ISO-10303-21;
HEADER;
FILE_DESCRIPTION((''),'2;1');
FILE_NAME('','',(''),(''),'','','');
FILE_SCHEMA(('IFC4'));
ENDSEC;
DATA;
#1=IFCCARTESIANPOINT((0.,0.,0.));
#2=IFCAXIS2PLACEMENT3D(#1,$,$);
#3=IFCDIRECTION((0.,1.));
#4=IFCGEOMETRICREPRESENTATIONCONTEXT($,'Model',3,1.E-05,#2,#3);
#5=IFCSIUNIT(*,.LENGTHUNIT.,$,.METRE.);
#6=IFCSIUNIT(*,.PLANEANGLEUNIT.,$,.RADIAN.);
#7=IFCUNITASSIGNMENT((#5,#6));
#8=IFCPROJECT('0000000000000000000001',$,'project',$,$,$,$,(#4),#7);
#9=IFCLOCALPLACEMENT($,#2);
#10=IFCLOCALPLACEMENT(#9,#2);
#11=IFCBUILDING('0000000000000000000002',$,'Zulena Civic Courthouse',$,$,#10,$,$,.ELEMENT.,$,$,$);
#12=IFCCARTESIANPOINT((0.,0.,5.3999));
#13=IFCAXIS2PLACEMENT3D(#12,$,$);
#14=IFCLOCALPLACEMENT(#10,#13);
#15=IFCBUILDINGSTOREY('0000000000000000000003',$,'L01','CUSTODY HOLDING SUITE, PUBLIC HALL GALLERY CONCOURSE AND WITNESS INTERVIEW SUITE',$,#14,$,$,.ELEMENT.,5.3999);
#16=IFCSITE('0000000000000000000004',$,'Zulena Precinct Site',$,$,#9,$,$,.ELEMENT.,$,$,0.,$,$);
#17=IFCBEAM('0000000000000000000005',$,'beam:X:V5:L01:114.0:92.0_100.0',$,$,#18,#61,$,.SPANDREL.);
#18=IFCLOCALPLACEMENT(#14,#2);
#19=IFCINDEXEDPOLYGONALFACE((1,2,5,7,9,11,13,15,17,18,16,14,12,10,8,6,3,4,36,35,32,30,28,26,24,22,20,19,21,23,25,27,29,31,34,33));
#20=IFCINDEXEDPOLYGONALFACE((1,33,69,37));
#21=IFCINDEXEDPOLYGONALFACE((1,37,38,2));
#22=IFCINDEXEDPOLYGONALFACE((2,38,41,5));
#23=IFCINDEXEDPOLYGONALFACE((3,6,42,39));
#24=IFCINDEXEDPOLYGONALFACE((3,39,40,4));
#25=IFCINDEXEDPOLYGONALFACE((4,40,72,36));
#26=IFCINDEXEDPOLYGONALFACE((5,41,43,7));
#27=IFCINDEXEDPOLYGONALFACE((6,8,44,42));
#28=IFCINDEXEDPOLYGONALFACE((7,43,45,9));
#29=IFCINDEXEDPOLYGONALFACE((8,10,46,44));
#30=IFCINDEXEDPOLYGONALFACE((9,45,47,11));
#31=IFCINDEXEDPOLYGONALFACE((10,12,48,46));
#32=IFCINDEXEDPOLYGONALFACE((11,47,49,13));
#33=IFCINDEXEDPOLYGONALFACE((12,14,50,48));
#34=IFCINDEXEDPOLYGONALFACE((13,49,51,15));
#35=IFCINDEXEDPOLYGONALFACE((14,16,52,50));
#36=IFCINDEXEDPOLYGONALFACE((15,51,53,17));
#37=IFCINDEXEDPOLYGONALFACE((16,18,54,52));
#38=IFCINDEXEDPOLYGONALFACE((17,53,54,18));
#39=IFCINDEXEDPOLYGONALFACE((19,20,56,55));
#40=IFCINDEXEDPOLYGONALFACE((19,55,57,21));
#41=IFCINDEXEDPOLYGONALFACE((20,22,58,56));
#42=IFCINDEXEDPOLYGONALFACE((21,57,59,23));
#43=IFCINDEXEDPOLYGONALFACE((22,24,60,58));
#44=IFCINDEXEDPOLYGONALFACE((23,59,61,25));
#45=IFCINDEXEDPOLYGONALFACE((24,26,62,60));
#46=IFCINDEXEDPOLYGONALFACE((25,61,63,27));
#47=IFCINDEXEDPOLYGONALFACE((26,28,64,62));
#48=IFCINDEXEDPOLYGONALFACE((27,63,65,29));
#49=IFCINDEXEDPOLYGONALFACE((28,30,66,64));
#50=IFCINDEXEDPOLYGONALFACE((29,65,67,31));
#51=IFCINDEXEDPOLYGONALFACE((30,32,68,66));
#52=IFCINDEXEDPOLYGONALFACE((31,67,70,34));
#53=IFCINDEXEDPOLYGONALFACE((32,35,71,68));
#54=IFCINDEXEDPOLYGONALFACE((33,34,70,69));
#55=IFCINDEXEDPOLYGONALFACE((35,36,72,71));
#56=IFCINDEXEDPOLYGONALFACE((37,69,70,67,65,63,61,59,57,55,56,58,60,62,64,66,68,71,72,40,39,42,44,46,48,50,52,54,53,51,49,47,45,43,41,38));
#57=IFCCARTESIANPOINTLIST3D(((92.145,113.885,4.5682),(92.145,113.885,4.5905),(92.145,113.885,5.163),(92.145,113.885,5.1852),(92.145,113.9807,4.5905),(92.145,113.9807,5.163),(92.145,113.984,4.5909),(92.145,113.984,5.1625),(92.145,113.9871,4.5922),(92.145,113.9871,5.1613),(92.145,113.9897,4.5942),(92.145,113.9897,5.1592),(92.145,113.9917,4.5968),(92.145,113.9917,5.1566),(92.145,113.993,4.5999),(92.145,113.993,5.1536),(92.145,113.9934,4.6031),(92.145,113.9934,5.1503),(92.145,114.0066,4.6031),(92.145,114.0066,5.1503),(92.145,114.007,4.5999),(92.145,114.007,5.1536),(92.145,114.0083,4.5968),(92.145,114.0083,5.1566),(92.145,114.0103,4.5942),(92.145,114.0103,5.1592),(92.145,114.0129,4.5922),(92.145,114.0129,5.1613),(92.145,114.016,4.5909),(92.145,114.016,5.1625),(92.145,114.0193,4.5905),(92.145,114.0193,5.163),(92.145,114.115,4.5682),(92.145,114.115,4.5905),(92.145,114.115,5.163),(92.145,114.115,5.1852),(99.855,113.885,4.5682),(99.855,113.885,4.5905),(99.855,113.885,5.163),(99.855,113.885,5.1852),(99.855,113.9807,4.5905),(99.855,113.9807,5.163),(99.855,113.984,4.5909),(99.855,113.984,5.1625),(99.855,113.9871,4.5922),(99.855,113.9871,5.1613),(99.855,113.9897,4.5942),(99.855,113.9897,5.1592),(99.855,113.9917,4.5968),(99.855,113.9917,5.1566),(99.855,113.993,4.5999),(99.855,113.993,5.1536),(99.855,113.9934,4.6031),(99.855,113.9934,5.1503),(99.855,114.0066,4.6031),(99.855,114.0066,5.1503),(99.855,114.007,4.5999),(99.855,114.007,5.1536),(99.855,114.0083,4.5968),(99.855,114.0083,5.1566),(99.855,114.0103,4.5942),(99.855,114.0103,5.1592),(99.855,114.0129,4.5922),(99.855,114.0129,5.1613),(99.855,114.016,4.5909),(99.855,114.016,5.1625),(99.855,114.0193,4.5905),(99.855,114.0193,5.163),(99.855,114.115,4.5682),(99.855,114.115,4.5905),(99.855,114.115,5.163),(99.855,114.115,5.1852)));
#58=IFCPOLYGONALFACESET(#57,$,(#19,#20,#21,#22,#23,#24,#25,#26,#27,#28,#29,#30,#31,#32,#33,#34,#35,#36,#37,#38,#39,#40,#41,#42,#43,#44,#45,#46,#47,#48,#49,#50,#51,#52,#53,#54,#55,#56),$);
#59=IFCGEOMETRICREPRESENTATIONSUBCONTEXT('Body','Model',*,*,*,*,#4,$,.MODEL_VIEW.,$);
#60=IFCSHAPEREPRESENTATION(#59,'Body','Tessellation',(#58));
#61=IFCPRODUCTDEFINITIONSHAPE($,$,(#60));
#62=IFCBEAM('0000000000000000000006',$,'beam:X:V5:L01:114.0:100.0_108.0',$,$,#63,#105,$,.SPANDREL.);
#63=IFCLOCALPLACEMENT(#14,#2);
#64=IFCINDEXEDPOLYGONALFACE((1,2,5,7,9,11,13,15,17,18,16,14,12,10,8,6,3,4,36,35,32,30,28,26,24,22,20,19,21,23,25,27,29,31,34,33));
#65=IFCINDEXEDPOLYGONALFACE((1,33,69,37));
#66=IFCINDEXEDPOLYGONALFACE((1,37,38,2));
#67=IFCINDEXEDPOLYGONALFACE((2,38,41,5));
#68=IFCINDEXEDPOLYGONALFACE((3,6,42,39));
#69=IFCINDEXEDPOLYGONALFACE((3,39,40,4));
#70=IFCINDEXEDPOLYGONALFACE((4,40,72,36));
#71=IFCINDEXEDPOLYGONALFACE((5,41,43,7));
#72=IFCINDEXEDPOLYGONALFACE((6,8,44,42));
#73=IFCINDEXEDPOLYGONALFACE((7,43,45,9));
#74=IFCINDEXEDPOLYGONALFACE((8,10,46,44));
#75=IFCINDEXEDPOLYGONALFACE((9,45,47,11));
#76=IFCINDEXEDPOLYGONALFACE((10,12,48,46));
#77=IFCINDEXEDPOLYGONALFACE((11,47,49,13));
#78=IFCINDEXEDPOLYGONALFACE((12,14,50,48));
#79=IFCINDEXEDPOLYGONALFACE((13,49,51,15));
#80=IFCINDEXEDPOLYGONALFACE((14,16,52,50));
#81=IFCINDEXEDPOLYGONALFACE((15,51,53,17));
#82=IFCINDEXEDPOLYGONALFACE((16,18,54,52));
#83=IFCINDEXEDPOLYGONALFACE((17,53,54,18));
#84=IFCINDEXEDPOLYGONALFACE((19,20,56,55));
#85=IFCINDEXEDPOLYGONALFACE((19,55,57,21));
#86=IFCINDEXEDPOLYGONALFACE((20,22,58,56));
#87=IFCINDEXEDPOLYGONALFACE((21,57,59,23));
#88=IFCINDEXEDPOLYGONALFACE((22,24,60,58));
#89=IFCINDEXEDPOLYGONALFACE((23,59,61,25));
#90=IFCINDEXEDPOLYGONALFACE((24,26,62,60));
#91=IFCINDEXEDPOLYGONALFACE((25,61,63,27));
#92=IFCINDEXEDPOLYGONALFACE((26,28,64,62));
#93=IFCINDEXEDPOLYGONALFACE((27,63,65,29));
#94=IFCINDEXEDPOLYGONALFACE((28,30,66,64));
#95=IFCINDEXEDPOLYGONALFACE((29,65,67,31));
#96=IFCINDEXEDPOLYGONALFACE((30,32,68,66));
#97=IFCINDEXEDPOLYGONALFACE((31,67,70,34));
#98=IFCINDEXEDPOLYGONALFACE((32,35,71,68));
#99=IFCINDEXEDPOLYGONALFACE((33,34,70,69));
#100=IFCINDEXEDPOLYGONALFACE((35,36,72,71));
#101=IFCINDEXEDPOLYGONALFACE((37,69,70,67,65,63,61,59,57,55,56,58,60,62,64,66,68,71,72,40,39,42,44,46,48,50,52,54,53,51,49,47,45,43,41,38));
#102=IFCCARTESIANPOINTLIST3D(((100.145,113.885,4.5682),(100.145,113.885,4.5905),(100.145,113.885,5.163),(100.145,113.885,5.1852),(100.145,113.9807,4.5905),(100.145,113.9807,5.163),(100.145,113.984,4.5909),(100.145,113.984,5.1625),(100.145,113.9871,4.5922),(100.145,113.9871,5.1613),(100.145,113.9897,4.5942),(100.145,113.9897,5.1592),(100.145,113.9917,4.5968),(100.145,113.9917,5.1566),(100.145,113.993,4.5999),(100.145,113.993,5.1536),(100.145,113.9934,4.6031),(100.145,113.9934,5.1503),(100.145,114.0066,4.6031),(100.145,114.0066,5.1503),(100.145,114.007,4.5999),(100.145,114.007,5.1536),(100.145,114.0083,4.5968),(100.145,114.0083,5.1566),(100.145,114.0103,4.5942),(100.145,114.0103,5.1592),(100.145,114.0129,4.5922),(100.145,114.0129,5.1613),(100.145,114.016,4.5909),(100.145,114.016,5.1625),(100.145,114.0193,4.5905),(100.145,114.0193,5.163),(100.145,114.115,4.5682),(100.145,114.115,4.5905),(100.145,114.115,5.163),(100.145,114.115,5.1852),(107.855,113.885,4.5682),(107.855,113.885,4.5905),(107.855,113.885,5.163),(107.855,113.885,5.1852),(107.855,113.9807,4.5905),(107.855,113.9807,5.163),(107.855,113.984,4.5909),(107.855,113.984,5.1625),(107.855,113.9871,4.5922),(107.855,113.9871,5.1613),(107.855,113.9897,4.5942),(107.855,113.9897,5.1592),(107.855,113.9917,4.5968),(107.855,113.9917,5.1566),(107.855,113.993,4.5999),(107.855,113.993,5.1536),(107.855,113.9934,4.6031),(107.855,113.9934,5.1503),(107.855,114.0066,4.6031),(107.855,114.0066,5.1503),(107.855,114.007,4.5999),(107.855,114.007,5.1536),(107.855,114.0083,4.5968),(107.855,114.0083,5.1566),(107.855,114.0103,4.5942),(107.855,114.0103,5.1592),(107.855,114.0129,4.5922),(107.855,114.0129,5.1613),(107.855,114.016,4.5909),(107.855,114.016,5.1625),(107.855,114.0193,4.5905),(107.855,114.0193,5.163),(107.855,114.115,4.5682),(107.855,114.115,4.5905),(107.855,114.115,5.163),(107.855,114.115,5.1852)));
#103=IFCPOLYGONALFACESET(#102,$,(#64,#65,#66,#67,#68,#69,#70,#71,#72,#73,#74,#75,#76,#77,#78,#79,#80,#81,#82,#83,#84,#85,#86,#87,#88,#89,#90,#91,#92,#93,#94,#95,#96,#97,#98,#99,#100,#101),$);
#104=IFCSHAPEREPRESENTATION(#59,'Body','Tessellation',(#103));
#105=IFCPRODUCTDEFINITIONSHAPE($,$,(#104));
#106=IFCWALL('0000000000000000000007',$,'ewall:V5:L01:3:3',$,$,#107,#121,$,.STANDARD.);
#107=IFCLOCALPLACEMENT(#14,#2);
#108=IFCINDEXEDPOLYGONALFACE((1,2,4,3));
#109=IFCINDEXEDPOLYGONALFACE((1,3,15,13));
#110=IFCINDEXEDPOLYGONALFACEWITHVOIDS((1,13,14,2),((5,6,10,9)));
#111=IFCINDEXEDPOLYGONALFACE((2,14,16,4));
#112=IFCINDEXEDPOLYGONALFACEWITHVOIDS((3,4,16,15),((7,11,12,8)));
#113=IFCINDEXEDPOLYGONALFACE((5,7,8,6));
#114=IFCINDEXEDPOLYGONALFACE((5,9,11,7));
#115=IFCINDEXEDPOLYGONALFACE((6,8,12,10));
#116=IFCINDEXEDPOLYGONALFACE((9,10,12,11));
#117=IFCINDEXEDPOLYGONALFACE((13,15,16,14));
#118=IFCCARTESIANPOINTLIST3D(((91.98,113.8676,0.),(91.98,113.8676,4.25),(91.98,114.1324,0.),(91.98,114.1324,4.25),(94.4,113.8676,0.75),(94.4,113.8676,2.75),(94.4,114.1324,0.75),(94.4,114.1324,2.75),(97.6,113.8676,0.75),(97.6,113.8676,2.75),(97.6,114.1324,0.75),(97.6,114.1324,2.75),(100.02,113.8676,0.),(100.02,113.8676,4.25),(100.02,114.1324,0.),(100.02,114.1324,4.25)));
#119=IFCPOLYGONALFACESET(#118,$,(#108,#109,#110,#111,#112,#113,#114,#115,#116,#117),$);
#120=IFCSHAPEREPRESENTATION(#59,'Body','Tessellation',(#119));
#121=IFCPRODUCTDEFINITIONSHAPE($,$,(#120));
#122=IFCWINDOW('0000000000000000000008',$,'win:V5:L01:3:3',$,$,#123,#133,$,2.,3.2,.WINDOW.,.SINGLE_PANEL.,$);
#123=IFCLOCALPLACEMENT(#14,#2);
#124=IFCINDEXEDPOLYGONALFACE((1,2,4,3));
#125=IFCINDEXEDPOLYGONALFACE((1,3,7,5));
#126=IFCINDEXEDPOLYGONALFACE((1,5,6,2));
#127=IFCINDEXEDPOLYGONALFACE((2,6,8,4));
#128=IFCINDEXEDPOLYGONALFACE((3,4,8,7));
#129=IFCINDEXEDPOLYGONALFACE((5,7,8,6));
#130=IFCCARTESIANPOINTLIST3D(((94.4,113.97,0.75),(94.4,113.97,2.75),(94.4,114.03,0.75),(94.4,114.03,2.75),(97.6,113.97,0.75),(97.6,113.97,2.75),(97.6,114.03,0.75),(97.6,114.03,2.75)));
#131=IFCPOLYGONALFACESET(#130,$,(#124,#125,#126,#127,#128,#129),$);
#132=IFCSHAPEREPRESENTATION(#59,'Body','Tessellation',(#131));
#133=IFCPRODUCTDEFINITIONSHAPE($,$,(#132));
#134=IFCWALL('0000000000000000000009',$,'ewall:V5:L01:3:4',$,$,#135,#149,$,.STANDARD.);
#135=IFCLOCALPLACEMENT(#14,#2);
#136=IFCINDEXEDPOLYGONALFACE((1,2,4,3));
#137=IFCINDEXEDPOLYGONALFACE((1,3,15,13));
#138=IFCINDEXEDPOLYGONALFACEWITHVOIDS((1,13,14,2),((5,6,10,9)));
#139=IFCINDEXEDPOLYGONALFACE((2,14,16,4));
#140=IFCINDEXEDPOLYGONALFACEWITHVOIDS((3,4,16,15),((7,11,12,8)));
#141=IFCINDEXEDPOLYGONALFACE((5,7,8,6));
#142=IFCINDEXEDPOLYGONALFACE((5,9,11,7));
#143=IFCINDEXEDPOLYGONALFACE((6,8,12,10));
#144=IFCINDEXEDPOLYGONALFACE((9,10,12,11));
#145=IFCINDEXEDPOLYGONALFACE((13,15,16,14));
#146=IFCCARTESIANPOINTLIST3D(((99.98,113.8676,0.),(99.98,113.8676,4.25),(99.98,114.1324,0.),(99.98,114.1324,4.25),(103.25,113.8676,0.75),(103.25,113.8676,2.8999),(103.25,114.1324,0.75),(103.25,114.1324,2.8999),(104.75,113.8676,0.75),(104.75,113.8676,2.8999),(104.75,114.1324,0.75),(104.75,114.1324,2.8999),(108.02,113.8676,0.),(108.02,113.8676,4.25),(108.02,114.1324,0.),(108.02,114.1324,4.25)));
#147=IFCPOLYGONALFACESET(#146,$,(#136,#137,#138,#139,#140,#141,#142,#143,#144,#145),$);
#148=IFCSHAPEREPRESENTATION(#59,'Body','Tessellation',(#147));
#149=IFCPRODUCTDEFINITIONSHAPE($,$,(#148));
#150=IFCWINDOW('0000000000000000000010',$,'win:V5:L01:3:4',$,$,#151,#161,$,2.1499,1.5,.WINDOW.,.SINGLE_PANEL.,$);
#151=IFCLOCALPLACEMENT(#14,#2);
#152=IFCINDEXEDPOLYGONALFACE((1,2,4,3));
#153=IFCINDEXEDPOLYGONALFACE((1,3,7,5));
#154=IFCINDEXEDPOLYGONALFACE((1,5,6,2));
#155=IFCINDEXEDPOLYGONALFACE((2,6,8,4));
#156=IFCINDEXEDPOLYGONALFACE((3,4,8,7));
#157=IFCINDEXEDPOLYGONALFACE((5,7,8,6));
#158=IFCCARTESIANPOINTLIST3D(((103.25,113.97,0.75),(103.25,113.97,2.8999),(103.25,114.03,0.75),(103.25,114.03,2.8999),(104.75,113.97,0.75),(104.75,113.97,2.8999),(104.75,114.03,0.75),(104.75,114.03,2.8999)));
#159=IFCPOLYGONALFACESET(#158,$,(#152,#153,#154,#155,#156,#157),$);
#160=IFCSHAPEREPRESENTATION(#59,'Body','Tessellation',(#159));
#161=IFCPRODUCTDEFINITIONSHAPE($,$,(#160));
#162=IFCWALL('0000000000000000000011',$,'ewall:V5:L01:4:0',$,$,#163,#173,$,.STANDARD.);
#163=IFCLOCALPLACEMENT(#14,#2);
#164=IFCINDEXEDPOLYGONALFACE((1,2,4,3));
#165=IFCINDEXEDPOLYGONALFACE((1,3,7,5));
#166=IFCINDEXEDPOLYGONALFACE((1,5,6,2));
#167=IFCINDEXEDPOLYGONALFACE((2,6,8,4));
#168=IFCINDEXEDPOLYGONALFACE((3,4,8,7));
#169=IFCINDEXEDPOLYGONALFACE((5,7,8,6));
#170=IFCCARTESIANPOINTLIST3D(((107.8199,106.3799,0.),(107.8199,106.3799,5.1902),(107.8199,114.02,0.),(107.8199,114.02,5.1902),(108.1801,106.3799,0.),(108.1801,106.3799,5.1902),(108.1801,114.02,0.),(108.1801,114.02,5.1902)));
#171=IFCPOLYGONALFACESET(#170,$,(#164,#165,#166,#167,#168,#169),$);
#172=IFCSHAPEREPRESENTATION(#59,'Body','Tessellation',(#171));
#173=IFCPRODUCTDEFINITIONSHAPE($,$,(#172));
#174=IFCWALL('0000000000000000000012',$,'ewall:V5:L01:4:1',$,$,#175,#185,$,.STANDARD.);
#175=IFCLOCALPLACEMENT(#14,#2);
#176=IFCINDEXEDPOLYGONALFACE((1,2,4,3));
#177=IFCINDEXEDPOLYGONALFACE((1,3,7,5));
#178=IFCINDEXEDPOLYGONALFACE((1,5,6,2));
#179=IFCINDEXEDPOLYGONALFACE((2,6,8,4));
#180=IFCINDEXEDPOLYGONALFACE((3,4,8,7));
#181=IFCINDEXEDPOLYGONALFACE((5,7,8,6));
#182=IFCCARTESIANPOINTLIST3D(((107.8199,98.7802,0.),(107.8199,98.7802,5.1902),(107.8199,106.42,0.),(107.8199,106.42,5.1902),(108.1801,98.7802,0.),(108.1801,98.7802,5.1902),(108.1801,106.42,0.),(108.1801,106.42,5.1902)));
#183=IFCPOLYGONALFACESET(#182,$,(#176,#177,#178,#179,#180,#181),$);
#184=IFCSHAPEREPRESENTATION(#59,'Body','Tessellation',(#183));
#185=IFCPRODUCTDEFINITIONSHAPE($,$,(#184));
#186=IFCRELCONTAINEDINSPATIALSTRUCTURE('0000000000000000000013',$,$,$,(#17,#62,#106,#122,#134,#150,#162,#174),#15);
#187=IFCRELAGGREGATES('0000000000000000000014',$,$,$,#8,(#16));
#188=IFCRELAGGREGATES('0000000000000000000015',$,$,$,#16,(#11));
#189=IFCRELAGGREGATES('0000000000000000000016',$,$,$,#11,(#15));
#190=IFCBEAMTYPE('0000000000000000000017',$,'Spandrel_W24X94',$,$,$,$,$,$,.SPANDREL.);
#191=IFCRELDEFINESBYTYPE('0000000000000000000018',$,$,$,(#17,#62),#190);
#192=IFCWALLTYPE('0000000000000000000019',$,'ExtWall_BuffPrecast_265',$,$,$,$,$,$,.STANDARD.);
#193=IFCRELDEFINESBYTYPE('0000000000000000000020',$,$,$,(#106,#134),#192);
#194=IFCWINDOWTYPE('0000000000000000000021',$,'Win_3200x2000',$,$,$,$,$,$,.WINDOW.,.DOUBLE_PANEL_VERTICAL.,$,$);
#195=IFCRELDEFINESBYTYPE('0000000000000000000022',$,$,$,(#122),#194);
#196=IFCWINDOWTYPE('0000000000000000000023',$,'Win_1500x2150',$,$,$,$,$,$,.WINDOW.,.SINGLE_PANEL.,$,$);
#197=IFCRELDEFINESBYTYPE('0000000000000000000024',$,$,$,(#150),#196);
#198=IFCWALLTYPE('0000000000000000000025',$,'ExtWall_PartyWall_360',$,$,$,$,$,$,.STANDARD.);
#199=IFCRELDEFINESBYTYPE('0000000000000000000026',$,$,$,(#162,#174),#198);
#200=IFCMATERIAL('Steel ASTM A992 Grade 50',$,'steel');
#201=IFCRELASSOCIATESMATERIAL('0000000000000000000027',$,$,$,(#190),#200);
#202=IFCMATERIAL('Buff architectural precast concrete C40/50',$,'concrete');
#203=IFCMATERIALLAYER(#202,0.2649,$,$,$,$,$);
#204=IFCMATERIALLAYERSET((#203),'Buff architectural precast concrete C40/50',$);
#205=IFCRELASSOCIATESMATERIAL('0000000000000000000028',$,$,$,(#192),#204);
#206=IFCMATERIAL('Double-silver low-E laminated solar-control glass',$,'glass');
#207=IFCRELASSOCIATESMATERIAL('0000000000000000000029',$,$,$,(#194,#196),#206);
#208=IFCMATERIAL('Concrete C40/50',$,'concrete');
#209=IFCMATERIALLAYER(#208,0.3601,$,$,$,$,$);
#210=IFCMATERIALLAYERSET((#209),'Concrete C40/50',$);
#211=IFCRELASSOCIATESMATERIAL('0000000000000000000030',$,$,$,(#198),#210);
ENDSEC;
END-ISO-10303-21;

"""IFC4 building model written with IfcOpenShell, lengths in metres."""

from ifc_helpers import new_model, si_unit, direction, frame, frame_2d, origin, origin_2d, place, context, subcontext, project, spatial, rectangle, i_section, extrude, material, layer, layer_set, material_profile, profile_set, type_object, element, fill, save


model = new_model("IFC4")

# Units and contexts
model_context = context("Model", 3, precision=1e-05, world=origin(), true_north=direction((0.0, 1.0)))
body_context = subcontext(model_context, "Body", "Model", "MODEL_VIEW")
ifc_project = project(units=[si_unit("LENGTHUNIT", "METRE"), si_unit("PLANEANGLEUNIT", "RADIAN")], contexts=[model_context])

# Site, building, storey
site_placement = place(None, origin())
site = spatial("IfcSite", under=ifc_project, at=site_placement, Name="Zulena Precinct Site", CompositionType="ELEMENT", RefElevation=0.0)
building_placement = place(site_placement, origin())
building = spatial("IfcBuilding", under=site, at=building_placement, Name="Zulena Civic Courthouse", CompositionType="ELEMENT")
storey_placement = place(building_placement, frame((0.0, 0.0, 5.3999)))
storey = spatial("IfcBuildingStorey", under=building, at=storey_placement, Name="L01", Description="CUSTODY HOLDING SUITE, PUBLIC HALL GALLERY CONCOURSE AND WITNESS INTERVIEW SUITE", CompositionType="ELEMENT", Elevation=5.3999)

# Shared definitions
ifc_material_1 = material(Name="Steel ASTM A992 Grade 50", Category="steel")

# Beams
ifc_material_profile_1 = material_profile(ifc_material_1, i_section(OverallWidth=0.23, OverallDepth=0.6169, WebThickness=0.0132, FlangeThickness=0.0222, FilletRadius=0.0127, at=origin_2d()), Name="W24X94")
ifc_profile_set_1 = profile_set([ifc_material_profile_1], Name="Steel ASTM A992 Grade 50")
beam_type_1 = type_object("IfcBeamType", Name="Spandrel_W24X94", PredefinedType="SPANDREL", material=ifc_profile_set_1)
for number, where, z_axis, x_axis, name in (
    (1, (92.145, 114.0, 4.8767), (1.0, 0.0, 0.0), (0.0, 1.0, 0.0), "beam:X:V5:L01:114.0:92.0_100.0"),
    (2, (100.145, 114.0, 4.8767), (1.0, 0.0, 0.0), (0.0, 1.0, 0.0), "beam:X:V5:L01:114.0:100.0_108.0"),
):
    element("IfcBeam", number, at=place(storey_placement, frame(where, z_axis=z_axis, x_axis=x_axis)), inside=storey, type_object=beam_type_1, Name=name, PredefinedType="SPANDREL", context=body_context, shape_type="SweptSolid", body=[
        extrude(i_section(OverallWidth=0.23, OverallDepth=0.6169, WebThickness=0.0132, FlangeThickness=0.0222, FilletRadius=0.0127, at=origin_2d()), origin(), (0.0, 0.0, 1.0), 7.71),
    ])

# Walls, openings, windows
ifc_material_2 = material(Name="Buff architectural precast concrete C40/50", Category="concrete")
ifc_layer_1 = layer(ifc_material_2, 0.2649)
ifc_layer_set_1 = layer_set([ifc_layer_1], Name="Buff architectural precast concrete C40/50")
wall_type_1 = type_object("IfcWallType", Name="ExtWall_BuffPrecast_265", PredefinedType="STANDARD", material=ifc_layer_set_1)
wall_1_placement = place(storey_placement, frame((91.98, 114.0, 0.0), z_axis=(0.0, 0.0, 1.0), x_axis=(1.0, 0.0, 0.0)))
wall_1 = element("IfcWall", 3, at=wall_1_placement, inside=storey, type_object=wall_type_1, Name="ewall:V5:L01:3:3", PredefinedType="STANDARD", context=body_context, shape_type="SweptSolid", body=[
    extrude(rectangle(XDim=8.04, YDim=0.2649, at=frame_2d((4.02, 0.0))), origin(), (0.0, 0.0, 1.0), 4.25),
])
opening_1_placement = place(wall_1_placement, frame((2.4199, 0.0, 0.75)))
opening_1 = element("IfcOpeningElement", 4, at=opening_1_placement, cuts=wall_1, PredefinedType="OPENING", context=body_context, shape_type="SweptSolid", body=[
    extrude(rectangle(XDim=3.2, YDim=2.0, at=frame_2d((1.6001, 1.0))), frame((0.0, 0.1423, 0.0), z_axis=(0.0, -1.0, 0.0), x_axis=(1.0, 0.0, 0.0)), (0.0, 0.0, 1.0), 0.2849),
])
ifc_material_3 = material(Name="Double-silver low-E laminated solar-control glass", Category="glass")
window_type_1 = type_object("IfcWindowType", Name="Win_3200x2000", PartitioningType="DOUBLE_PANEL_VERTICAL", PredefinedType="WINDOW", material=ifc_material_3)
window_1_placement = place(opening_1_placement, origin())
window_1 = element("IfcWindow", 5, at=window_1_placement, inside=storey, type_object=window_type_1, Name="win:V5:L01:3:3", OverallHeight=2.0, OverallWidth=3.2, PartitioningType="SINGLE_PANEL", PredefinedType="WINDOW", context=body_context, shape_type="SweptSolid", body=[
    extrude(rectangle(XDim=3.2, YDim=2.0, at=frame_2d((1.6001, 1.0))), frame((0.0, 0.03, 0.0), z_axis=(0.0, -1.0, 0.0), x_axis=(1.0, 0.0, 0.0)), (0.0, 0.0, 1.0), 0.0601),
])
fill(opening_1, window_1)
wall_2_placement = place(storey_placement, frame((99.98, 114.0, 0.0), z_axis=(0.0, 0.0, 1.0), x_axis=(1.0, 0.0, 0.0)))
wall_2 = element("IfcWall", 6, at=wall_2_placement, inside=storey, type_object=wall_type_1, Name="ewall:V5:L01:3:4", PredefinedType="STANDARD", context=body_context, shape_type="SweptSolid", body=[
    extrude(rectangle(XDim=8.04, YDim=0.2649, at=frame_2d((4.02, 0.0))), origin(), (0.0, 0.0, 1.0), 4.25),
])
opening_2_placement = place(wall_2_placement, frame((3.27, 0.0, 0.75)))
opening_2 = element("IfcOpeningElement", 7, at=opening_2_placement, cuts=wall_2, PredefinedType="OPENING", context=body_context, shape_type="SweptSolid", body=[
    extrude(rectangle(XDim=1.5, YDim=2.1499, at=frame_2d((0.75, 1.075))), frame((0.0, 0.1423, 0.0), z_axis=(0.0, -1.0, 0.0), x_axis=(1.0, 0.0, 0.0)), (0.0, 0.0, 1.0), 0.2849),
])
window_type_2 = type_object("IfcWindowType", Name="Win_1500x2150", PartitioningType="SINGLE_PANEL", PredefinedType="WINDOW", material=ifc_material_3)
window_2_placement = place(opening_2_placement, origin())
window_2 = element("IfcWindow", 8, at=window_2_placement, inside=storey, type_object=window_type_2, Name="win:V5:L01:3:4", OverallHeight=2.1499, OverallWidth=1.5, PartitioningType="SINGLE_PANEL", PredefinedType="WINDOW", context=body_context, shape_type="SweptSolid", body=[
    extrude(rectangle(XDim=1.5, YDim=2.1499, at=frame_2d((0.75, 1.075))), frame((0.0, 0.03, 0.0), z_axis=(0.0, -1.0, 0.0), x_axis=(1.0, 0.0, 0.0)), (0.0, 0.0, 1.0), 0.0601),
])
fill(opening_2, window_2)

# Walls
ifc_material_4 = material(Name="Concrete C40/50", Category="concrete")
ifc_layer_2 = layer(ifc_material_4, 0.3601)
ifc_layer_set_2 = layer_set([ifc_layer_2], Name="Concrete C40/50")
wall_type_2 = type_object("IfcWallType", Name="ExtWall_PartyWall_360", PredefinedType="STANDARD", material=ifc_layer_set_2)
wall_3_placement = place(storey_placement, frame((108.0, 114.02, 0.0), z_axis=(0.0, 0.0, 1.0), x_axis=(0.0, -1.0, 0.0)))
element("IfcWall", 9, at=wall_3_placement, inside=storey, type_object=wall_type_2, Name="ewall:V5:L01:4:0", PredefinedType="STANDARD", context=body_context, shape_type="SweptSolid", body=[
    extrude(rectangle(XDim=7.6401, YDim=0.3601, at=frame_2d((3.8201, 0.0))), origin(), (0.0, 0.0, 1.0), 5.1902),
])
wall_4_placement = place(storey_placement, frame((108.0, 106.4199, 0.0), z_axis=(0.0, 0.0, 1.0), x_axis=(0.0, -1.0, 0.0)))
element("IfcWall", 10, at=wall_4_placement, inside=storey, type_object=wall_type_2, Name="ewall:V5:L01:4:1", PredefinedType="STANDARD", context=body_context, shape_type="SweptSolid", body=[
    extrude(rectangle(XDim=7.6399, YDim=0.3601, at=frame_2d((3.8198, 0.0))), origin(), (0.0, 0.0, 1.0), 5.1902),
])

save(model, "model.ifc")
